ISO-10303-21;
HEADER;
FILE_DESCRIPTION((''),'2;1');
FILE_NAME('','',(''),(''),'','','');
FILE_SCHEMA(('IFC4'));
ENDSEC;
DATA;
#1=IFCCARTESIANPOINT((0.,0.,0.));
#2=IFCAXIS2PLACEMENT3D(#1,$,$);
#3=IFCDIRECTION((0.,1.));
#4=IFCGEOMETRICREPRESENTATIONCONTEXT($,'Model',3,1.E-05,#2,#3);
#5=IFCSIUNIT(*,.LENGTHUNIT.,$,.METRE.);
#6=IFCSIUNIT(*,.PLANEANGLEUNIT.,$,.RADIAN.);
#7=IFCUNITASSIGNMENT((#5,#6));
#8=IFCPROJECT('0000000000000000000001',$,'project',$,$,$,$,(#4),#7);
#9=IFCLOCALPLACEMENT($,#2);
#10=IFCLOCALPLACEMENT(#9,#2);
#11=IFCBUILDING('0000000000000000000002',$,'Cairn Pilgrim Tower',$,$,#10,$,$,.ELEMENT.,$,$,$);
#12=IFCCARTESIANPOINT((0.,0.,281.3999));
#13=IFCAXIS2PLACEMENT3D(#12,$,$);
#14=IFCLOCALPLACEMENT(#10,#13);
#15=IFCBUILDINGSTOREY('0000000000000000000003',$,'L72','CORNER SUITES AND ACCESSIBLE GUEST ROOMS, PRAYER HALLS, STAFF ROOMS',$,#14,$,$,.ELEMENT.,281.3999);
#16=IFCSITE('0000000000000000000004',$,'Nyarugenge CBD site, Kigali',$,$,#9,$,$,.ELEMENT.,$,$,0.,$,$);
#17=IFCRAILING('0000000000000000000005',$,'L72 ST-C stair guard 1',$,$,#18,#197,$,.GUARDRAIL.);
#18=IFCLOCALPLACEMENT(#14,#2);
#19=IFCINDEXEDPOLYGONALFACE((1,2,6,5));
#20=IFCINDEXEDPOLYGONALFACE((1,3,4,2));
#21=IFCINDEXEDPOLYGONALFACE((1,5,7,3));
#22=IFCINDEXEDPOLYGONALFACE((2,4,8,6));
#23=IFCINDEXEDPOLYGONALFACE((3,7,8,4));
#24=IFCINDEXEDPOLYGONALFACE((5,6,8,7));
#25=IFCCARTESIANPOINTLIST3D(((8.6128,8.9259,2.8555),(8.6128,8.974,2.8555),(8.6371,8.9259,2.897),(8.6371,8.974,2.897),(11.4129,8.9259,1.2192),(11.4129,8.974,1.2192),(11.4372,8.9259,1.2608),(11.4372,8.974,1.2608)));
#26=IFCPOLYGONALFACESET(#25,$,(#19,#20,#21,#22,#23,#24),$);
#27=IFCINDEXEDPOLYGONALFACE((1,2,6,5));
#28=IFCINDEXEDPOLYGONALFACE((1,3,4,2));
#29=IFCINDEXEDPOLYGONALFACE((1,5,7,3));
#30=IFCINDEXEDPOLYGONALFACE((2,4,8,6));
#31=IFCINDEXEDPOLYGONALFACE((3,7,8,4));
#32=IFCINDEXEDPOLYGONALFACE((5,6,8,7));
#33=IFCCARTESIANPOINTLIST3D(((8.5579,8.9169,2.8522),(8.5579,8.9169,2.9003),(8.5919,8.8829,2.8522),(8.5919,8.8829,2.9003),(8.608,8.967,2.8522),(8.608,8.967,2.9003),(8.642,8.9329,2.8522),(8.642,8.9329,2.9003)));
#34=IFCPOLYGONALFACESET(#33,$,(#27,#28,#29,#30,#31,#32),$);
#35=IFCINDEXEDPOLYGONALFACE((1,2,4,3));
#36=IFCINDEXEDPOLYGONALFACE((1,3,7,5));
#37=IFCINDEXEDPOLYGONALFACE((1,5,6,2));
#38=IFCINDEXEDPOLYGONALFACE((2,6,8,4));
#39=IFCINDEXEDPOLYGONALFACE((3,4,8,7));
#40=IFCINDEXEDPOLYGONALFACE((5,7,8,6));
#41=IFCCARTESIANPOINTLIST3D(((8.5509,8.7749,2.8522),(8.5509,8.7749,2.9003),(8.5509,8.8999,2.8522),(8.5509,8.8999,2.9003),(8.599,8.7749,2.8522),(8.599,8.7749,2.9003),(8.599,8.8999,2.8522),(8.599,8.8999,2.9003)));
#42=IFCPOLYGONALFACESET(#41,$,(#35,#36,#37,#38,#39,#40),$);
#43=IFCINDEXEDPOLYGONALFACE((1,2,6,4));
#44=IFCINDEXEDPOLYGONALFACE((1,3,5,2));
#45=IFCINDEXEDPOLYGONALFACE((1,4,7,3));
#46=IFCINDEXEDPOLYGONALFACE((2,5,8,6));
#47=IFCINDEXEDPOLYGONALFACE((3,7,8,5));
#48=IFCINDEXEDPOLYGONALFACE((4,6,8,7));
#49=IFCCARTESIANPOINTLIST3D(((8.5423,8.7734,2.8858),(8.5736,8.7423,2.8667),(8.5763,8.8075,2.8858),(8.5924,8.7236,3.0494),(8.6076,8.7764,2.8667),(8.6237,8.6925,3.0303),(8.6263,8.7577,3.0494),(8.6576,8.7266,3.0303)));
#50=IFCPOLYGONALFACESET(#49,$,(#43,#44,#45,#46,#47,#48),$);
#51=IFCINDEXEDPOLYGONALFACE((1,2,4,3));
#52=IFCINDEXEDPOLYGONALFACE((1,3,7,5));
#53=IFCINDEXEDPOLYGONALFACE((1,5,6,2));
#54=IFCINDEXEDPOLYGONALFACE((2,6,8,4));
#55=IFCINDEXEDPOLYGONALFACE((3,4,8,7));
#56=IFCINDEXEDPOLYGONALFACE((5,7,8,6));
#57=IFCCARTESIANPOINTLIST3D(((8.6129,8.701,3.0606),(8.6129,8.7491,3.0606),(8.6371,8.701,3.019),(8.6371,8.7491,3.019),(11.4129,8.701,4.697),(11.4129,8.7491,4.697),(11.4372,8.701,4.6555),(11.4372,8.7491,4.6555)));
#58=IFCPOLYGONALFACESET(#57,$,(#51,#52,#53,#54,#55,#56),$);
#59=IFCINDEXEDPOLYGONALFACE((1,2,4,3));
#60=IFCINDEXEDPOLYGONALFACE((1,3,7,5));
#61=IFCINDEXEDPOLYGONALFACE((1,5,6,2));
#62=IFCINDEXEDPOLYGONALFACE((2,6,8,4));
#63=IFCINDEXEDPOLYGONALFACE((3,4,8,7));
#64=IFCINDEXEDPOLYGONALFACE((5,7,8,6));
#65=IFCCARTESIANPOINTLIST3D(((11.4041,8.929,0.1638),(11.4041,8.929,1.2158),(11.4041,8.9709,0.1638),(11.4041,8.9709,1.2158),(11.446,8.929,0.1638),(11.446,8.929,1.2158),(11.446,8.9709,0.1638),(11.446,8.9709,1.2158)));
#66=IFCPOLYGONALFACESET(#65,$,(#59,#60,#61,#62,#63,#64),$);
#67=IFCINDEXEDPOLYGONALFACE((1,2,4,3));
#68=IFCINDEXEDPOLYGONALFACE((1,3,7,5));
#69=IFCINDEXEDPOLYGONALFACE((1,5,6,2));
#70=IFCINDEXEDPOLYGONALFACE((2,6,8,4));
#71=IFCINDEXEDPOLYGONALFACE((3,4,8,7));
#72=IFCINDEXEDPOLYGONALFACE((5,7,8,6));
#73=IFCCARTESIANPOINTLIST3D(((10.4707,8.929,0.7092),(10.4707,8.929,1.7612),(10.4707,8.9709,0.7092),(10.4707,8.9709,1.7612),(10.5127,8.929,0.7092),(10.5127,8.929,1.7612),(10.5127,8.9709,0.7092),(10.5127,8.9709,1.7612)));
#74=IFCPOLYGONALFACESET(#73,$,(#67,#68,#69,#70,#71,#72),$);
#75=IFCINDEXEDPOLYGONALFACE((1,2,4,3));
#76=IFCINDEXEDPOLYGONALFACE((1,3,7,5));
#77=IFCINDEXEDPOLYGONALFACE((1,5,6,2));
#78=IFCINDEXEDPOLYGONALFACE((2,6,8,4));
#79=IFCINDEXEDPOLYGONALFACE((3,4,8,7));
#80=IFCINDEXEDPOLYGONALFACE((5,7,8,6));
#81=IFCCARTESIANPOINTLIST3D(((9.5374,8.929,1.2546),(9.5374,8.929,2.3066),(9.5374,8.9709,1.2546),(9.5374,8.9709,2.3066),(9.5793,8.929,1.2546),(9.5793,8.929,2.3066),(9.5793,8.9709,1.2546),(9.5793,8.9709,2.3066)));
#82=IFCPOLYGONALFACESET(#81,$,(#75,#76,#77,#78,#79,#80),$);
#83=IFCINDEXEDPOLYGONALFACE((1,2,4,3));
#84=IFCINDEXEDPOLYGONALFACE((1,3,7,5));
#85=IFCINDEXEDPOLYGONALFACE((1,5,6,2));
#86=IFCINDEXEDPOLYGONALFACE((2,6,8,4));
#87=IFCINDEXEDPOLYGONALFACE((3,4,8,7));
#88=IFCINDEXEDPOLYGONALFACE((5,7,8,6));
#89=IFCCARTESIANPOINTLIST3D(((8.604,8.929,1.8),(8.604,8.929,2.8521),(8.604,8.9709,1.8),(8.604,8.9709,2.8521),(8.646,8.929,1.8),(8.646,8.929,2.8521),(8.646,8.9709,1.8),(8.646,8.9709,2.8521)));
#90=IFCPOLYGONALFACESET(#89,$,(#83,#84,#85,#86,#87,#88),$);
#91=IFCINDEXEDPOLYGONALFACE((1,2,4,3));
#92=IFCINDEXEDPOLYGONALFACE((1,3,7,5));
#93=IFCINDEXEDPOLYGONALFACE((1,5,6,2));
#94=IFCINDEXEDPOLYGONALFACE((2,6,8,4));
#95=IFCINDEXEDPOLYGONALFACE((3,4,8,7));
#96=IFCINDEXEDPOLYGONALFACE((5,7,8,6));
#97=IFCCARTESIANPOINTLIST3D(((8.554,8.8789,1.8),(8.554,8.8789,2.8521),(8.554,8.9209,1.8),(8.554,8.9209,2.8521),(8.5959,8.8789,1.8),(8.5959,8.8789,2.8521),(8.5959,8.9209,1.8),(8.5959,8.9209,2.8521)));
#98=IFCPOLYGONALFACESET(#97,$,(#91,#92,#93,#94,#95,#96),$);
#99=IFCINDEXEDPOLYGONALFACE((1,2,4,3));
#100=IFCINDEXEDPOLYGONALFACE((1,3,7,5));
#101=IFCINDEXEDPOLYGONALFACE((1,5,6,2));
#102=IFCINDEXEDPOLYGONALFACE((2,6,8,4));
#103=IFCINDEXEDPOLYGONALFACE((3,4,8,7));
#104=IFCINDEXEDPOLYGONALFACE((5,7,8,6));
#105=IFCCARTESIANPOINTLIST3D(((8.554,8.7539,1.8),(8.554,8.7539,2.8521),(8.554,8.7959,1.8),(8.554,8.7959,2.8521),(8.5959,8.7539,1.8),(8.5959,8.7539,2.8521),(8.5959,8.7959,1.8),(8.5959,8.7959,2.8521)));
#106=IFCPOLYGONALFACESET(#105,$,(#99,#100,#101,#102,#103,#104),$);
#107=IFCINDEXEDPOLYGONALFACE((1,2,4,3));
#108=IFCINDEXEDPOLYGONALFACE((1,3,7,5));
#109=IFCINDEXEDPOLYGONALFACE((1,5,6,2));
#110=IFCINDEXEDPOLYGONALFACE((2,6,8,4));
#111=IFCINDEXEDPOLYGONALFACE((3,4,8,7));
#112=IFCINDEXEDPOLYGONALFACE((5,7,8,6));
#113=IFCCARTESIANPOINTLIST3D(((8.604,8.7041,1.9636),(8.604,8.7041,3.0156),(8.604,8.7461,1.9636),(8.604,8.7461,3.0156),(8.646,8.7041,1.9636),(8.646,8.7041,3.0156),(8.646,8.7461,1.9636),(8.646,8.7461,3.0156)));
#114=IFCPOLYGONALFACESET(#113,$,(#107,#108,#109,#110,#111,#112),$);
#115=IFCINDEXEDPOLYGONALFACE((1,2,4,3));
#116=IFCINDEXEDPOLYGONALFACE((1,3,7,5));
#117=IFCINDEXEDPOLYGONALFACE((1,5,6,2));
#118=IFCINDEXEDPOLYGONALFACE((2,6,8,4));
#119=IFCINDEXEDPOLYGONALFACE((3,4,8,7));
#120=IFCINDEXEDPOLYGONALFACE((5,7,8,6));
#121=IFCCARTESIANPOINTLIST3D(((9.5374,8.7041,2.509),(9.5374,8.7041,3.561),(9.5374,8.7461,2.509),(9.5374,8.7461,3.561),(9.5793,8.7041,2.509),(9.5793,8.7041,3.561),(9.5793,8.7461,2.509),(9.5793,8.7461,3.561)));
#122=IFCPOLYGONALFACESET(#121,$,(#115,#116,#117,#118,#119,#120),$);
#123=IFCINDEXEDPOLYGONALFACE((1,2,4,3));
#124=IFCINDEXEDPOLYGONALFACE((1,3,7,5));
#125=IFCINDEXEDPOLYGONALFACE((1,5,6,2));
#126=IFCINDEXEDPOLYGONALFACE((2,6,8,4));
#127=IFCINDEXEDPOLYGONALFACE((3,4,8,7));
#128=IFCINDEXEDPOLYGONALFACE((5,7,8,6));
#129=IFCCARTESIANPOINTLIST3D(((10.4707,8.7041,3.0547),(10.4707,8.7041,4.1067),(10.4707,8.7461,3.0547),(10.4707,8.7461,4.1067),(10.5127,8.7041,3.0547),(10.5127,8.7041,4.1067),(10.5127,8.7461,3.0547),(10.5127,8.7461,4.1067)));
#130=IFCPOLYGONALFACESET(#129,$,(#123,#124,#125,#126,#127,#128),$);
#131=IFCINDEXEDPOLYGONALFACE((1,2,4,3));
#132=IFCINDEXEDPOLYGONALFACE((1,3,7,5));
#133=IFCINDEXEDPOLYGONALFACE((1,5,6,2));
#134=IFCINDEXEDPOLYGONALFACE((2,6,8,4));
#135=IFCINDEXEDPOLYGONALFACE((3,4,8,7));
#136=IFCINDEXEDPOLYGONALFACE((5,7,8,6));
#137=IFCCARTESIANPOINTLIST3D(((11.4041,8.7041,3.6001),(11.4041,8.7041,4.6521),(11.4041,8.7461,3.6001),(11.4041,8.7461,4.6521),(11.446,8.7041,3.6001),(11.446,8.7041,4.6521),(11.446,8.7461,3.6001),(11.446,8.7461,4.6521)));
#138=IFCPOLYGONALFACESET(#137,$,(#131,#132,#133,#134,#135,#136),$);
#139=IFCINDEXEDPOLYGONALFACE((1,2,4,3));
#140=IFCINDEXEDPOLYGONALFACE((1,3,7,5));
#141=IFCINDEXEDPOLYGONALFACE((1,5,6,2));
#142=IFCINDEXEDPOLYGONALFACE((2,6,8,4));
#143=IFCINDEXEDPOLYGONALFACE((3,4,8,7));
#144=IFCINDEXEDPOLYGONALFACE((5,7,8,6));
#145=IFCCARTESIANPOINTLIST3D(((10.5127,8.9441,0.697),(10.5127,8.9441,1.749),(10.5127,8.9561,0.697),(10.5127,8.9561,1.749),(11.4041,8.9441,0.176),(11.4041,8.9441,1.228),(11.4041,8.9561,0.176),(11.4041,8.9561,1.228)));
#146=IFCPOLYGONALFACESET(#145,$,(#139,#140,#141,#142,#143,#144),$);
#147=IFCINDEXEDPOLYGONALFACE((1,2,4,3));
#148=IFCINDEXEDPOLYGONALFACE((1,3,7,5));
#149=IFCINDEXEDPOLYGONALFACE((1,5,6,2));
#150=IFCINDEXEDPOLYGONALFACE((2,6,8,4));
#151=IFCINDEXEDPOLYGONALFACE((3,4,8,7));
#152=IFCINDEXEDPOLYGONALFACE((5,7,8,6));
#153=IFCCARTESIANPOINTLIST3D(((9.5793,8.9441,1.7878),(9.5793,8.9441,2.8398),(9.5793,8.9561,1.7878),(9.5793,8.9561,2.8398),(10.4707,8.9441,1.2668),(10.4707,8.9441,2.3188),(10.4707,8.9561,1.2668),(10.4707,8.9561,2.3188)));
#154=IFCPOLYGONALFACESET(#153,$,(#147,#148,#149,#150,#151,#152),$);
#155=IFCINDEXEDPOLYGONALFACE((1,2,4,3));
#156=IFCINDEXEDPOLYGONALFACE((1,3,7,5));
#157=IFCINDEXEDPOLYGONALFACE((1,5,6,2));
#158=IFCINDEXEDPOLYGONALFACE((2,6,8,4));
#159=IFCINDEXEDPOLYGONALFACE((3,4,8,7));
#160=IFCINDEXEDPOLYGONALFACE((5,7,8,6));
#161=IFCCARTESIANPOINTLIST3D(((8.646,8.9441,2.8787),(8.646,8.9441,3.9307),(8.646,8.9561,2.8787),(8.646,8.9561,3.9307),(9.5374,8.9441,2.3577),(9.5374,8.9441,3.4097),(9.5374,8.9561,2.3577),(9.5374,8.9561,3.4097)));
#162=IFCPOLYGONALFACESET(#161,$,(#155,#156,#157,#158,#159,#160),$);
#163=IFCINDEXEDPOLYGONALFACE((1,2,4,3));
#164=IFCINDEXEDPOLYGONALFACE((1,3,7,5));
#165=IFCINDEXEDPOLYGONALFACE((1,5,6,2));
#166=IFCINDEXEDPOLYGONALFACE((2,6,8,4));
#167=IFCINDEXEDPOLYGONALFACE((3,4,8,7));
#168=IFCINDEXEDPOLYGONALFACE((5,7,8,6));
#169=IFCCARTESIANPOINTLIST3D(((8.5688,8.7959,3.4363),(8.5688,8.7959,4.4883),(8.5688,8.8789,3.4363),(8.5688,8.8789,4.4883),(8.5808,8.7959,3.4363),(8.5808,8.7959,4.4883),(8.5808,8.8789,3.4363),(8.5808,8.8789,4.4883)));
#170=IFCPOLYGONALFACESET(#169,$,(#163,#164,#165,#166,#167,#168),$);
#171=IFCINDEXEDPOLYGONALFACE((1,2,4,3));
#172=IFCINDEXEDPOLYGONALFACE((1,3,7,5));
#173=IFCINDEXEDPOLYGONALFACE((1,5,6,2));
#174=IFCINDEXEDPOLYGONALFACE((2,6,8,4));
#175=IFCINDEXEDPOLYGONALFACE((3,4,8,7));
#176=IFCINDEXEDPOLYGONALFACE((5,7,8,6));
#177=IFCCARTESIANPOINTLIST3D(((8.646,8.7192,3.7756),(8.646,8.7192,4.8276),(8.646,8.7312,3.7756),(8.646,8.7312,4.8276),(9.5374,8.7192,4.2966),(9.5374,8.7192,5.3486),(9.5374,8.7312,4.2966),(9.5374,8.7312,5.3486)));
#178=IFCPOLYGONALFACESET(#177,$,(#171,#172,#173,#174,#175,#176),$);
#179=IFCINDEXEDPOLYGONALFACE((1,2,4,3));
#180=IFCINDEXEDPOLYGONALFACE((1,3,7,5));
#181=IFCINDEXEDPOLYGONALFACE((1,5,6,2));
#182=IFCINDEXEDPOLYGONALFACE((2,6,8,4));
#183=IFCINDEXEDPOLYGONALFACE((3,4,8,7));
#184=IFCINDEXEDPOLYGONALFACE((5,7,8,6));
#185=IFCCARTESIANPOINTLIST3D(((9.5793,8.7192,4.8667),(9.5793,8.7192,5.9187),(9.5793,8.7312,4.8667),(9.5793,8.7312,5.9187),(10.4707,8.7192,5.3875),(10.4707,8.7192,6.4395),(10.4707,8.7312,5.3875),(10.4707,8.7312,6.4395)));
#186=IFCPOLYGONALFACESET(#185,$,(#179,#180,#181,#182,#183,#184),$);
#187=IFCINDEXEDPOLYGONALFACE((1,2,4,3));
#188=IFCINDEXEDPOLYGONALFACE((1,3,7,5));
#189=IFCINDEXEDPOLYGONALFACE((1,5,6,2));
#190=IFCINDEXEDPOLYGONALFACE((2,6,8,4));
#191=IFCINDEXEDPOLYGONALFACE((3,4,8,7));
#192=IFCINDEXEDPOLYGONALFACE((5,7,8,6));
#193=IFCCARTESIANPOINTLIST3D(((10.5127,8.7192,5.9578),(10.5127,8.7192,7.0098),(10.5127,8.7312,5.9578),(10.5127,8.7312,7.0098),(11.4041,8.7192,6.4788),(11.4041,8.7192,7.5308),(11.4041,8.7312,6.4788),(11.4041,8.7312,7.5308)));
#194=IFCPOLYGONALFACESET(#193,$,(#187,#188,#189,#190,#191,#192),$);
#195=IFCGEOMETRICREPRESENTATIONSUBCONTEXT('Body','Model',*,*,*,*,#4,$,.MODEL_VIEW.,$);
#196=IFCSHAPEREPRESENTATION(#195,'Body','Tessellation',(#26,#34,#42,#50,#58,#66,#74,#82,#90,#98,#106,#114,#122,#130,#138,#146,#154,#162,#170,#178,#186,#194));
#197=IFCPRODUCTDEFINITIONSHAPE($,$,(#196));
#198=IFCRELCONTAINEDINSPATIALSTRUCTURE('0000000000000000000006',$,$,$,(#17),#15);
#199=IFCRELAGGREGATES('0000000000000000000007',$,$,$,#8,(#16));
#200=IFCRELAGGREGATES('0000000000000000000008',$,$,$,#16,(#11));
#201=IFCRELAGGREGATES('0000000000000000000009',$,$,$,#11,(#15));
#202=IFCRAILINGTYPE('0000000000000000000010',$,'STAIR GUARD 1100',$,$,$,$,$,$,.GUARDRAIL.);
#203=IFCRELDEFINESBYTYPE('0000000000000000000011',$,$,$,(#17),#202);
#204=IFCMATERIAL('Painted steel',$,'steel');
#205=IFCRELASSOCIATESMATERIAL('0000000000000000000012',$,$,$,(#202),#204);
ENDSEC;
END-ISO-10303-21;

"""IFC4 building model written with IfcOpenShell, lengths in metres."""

from ifc_helpers import new_model, si_unit, direction, frame, origin, origin_2d, place, context, subcontext, project, spatial, polyline, rectangle, outline, extrude, material, type_object, element, save


model = new_model("IFC4")

# Units and contexts
model_context = context("Model", 3, precision=1e-05, world=origin(), true_north=direction((0.0, 1.0)))
body_context = subcontext(model_context, "Body", "Model", "MODEL_VIEW")
ifc_project = project(units=[si_unit("LENGTHUNIT", "METRE"), si_unit("PLANEANGLEUNIT", "RADIAN")], contexts=[model_context])

# Site, building, storey
site_placement = place(None, origin())
site = spatial("IfcSite", under=ifc_project, at=site_placement, Name="Nyarugenge CBD site, Kigali", CompositionType="ELEMENT", RefElevation=0.0)
building_placement = place(site_placement, origin())
building = spatial("IfcBuilding", under=site, at=building_placement, Name="Cairn Pilgrim Tower", CompositionType="ELEMENT")
storey_placement = place(building_placement, frame((0.0, 0.0, 281.3999)))
storey = spatial("IfcBuildingStorey", under=building, at=storey_placement, Name="L72", Description="CORNER SUITES AND ACCESSIBLE GUEST ROOMS, PRAYER HALLS, STAFF ROOMS", CompositionType="ELEMENT", Elevation=281.3999)

# Shared definitions
ifc_material_1 = material(Name="Painted steel", Category="steel")

# Railing
railing_type_1 = type_object("IfcRailingType", Name="STAIR GUARD 1100", PredefinedType="GUARDRAIL", material=ifc_material_1)
railing_1_placement = place(storey_placement, frame((11.425, 8.95, 0.1638)))
element("IfcRailing", 1, at=railing_1_placement, inside=storey, type_object=railing_type_1, Name="L72 ST-C stair guard 1", PredefinedType="GUARDRAIL", context=body_context, shape_type="SweptSolid", body=[
    extrude(rectangle(XDim=0.0481, YDim=0.0481, at=origin_2d()), frame((0.0, 0.0, 1.0762), z_axis=(-0.863394, 0.0, 0.504531), x_axis=(0.0, -1.0, 0.0)), (0.0, 0.0, 1.0), 3.2432),
    extrude(rectangle(XDim=0.0481, YDim=0.0481, at=origin_2d()), frame((-2.8, 0.0, 2.7124), z_axis=(-0.707107, -0.707107, 0.0), x_axis=(0.707107, -0.707107, 0.0)), (0.0, 0.0, 1.0), 0.0708),
    extrude(rectangle(XDim=0.0481, YDim=0.0481, at=origin_2d()), frame((-2.8501, -0.05, 2.7124), z_axis=(0.0, -1.0, 0.0), x_axis=(1.0, 0.0, 0.0)), (0.0, 0.0, 1.0), 0.125),
    extrude(rectangle(XDim=0.0481, YDim=0.0481, at=origin_2d()), frame((-2.8501, -0.175, 2.7124), z_axis=(0.280917, -0.279546, 0.918118), x_axis=(0.705376, 0.708834, 0.0)), (0.0, 0.0, 1.0), 0.1782),
    extrude(rectangle(XDim=0.0481, YDim=0.0481, at=origin_2d()), frame((-2.8, -0.2249, 2.876), z_axis=(0.863361, 0.0, 0.504587), x_axis=(0.0, 1.0, 0.0)), (0.0, 0.0, 1.0), 3.2432),
    extrude(rectangle(XDim=0.042, YDim=0.042, at=origin_2d()), origin(), (0.0, 0.0, 1.0), 1.052),
    extrude(rectangle(XDim=0.042, YDim=0.042, at=origin_2d()), frame((-0.9333, 0.0, 0.5454)), (0.0, 0.0, 1.0), 1.052),
    extrude(rectangle(XDim=0.042, YDim=0.042, at=origin_2d()), frame((-1.8667, 0.0, 1.0908)), (0.0, 0.0, 1.0), 1.052),
    extrude(rectangle(XDim=0.042, YDim=0.042, at=origin_2d()), frame((-2.8, 0.0, 1.6362)), (0.0, 0.0, 1.0), 1.052),
    extrude(rectangle(XDim=0.042, YDim=0.042, at=origin_2d()), frame((-2.8501, -0.05, 1.6362)), (0.0, 0.0, 1.0), 1.052),
    extrude(rectangle(XDim=0.042, YDim=0.042, at=origin_2d()), frame((-2.8501, -0.175, 1.6362)), (0.0, 0.0, 1.0), 1.052),
    extrude(rectangle(XDim=0.042, YDim=0.042, at=origin_2d()), frame((-2.8, -0.2249, 1.7998)), (0.0, 0.0, 1.0), 1.052),
    extrude(rectangle(XDim=0.042, YDim=0.042, at=origin_2d()), frame((-1.8667, -0.2249, 2.3452)), (0.0, 0.0, 1.0), 1.052),
    extrude(rectangle(XDim=0.042, YDim=0.042, at=origin_2d()), frame((-0.9333, -0.2249, 2.8909)), (0.0, 0.0, 1.0), 1.052),
    extrude(rectangle(XDim=0.042, YDim=0.042, at=origin_2d()), frame((0.0, -0.2249, 3.4363)), (0.0, 0.0, 1.0), 1.052),
    extrude(outline(polyline([(0.021, 0.0122), (0.9124, 0.5332), (0.9124, 1.5852), (0.021, 1.0642), (0.021, 0.0122)])), frame((0.0, -0.0059, 0.0), z_axis=(0.0, 1.0, 0.0), x_axis=(-1.0, 0.0, 0.0)), (0.0, 0.0, 1.0), 0.012),
    extrude(outline(polyline([(0.021, 0.5576), (0.9124, 1.0786), (0.9124, 2.1306), (0.021, 1.6096), (0.021, 0.5576)])), frame((-0.9333, -0.0059, 0.5454), z_axis=(0.0, 1.0, 0.0), x_axis=(-1.0, 0.0, 0.0)), (0.0, 0.0, 1.0), 0.012),
    extrude(outline(polyline([(0.021, 1.103), (0.9124, 1.624), (0.9124, 2.676), (0.021, 2.155), (0.021, 1.103)])), frame((-1.8667, -0.0059, 1.0908), z_axis=(0.0, 1.0, 0.0), x_axis=(-1.0, 0.0, 0.0)), (0.0, 0.0, 1.0), 0.012),
    extrude(outline(polyline([(0.021, 1.6362), (0.104, 1.6362), (0.104, 2.6882), (0.021, 2.6882), (0.021, 1.6362)])), frame((-2.8442, -0.05, 1.6362), z_axis=(-1.0, 0.0, 0.0), x_axis=(0.0, -1.0, 0.0)), (0.0, 0.0, 1.0), 0.012),
    extrude(outline(polyline([(0.021, 1.812), (0.9124, 2.333), (0.9124, 3.385), (0.021, 2.864), (0.021, 1.812)])), frame((-2.8, -0.2188, 1.7998), z_axis=(0.0, -1.0, 0.0), x_axis=(1.0, 0.0, 0.0)), (0.0, 0.0, 1.0), 0.012),
    extrude(outline(polyline([(0.021, 2.3577), (0.9124, 2.8784), (0.9124, 3.9304), (0.021, 3.4097), (0.021, 2.3577)])), frame((-1.8667, -0.2188, 2.3452), z_axis=(0.0, -1.0, 0.0), x_axis=(1.0, 0.0, 0.0)), (0.0, 0.0, 1.0), 0.012),
    extrude(outline(polyline([(0.021, 2.9031), (0.9124, 3.4241), (0.9124, 4.4761), (0.021, 3.9551), (0.021, 2.9031)])), frame((-0.9333, -0.2188, 2.8909), z_axis=(0.0, -1.0, 0.0), x_axis=(1.0, 0.0, 0.0)), (0.0, 0.0, 1.0), 0.012),
])

save(model, "model.ifc")
